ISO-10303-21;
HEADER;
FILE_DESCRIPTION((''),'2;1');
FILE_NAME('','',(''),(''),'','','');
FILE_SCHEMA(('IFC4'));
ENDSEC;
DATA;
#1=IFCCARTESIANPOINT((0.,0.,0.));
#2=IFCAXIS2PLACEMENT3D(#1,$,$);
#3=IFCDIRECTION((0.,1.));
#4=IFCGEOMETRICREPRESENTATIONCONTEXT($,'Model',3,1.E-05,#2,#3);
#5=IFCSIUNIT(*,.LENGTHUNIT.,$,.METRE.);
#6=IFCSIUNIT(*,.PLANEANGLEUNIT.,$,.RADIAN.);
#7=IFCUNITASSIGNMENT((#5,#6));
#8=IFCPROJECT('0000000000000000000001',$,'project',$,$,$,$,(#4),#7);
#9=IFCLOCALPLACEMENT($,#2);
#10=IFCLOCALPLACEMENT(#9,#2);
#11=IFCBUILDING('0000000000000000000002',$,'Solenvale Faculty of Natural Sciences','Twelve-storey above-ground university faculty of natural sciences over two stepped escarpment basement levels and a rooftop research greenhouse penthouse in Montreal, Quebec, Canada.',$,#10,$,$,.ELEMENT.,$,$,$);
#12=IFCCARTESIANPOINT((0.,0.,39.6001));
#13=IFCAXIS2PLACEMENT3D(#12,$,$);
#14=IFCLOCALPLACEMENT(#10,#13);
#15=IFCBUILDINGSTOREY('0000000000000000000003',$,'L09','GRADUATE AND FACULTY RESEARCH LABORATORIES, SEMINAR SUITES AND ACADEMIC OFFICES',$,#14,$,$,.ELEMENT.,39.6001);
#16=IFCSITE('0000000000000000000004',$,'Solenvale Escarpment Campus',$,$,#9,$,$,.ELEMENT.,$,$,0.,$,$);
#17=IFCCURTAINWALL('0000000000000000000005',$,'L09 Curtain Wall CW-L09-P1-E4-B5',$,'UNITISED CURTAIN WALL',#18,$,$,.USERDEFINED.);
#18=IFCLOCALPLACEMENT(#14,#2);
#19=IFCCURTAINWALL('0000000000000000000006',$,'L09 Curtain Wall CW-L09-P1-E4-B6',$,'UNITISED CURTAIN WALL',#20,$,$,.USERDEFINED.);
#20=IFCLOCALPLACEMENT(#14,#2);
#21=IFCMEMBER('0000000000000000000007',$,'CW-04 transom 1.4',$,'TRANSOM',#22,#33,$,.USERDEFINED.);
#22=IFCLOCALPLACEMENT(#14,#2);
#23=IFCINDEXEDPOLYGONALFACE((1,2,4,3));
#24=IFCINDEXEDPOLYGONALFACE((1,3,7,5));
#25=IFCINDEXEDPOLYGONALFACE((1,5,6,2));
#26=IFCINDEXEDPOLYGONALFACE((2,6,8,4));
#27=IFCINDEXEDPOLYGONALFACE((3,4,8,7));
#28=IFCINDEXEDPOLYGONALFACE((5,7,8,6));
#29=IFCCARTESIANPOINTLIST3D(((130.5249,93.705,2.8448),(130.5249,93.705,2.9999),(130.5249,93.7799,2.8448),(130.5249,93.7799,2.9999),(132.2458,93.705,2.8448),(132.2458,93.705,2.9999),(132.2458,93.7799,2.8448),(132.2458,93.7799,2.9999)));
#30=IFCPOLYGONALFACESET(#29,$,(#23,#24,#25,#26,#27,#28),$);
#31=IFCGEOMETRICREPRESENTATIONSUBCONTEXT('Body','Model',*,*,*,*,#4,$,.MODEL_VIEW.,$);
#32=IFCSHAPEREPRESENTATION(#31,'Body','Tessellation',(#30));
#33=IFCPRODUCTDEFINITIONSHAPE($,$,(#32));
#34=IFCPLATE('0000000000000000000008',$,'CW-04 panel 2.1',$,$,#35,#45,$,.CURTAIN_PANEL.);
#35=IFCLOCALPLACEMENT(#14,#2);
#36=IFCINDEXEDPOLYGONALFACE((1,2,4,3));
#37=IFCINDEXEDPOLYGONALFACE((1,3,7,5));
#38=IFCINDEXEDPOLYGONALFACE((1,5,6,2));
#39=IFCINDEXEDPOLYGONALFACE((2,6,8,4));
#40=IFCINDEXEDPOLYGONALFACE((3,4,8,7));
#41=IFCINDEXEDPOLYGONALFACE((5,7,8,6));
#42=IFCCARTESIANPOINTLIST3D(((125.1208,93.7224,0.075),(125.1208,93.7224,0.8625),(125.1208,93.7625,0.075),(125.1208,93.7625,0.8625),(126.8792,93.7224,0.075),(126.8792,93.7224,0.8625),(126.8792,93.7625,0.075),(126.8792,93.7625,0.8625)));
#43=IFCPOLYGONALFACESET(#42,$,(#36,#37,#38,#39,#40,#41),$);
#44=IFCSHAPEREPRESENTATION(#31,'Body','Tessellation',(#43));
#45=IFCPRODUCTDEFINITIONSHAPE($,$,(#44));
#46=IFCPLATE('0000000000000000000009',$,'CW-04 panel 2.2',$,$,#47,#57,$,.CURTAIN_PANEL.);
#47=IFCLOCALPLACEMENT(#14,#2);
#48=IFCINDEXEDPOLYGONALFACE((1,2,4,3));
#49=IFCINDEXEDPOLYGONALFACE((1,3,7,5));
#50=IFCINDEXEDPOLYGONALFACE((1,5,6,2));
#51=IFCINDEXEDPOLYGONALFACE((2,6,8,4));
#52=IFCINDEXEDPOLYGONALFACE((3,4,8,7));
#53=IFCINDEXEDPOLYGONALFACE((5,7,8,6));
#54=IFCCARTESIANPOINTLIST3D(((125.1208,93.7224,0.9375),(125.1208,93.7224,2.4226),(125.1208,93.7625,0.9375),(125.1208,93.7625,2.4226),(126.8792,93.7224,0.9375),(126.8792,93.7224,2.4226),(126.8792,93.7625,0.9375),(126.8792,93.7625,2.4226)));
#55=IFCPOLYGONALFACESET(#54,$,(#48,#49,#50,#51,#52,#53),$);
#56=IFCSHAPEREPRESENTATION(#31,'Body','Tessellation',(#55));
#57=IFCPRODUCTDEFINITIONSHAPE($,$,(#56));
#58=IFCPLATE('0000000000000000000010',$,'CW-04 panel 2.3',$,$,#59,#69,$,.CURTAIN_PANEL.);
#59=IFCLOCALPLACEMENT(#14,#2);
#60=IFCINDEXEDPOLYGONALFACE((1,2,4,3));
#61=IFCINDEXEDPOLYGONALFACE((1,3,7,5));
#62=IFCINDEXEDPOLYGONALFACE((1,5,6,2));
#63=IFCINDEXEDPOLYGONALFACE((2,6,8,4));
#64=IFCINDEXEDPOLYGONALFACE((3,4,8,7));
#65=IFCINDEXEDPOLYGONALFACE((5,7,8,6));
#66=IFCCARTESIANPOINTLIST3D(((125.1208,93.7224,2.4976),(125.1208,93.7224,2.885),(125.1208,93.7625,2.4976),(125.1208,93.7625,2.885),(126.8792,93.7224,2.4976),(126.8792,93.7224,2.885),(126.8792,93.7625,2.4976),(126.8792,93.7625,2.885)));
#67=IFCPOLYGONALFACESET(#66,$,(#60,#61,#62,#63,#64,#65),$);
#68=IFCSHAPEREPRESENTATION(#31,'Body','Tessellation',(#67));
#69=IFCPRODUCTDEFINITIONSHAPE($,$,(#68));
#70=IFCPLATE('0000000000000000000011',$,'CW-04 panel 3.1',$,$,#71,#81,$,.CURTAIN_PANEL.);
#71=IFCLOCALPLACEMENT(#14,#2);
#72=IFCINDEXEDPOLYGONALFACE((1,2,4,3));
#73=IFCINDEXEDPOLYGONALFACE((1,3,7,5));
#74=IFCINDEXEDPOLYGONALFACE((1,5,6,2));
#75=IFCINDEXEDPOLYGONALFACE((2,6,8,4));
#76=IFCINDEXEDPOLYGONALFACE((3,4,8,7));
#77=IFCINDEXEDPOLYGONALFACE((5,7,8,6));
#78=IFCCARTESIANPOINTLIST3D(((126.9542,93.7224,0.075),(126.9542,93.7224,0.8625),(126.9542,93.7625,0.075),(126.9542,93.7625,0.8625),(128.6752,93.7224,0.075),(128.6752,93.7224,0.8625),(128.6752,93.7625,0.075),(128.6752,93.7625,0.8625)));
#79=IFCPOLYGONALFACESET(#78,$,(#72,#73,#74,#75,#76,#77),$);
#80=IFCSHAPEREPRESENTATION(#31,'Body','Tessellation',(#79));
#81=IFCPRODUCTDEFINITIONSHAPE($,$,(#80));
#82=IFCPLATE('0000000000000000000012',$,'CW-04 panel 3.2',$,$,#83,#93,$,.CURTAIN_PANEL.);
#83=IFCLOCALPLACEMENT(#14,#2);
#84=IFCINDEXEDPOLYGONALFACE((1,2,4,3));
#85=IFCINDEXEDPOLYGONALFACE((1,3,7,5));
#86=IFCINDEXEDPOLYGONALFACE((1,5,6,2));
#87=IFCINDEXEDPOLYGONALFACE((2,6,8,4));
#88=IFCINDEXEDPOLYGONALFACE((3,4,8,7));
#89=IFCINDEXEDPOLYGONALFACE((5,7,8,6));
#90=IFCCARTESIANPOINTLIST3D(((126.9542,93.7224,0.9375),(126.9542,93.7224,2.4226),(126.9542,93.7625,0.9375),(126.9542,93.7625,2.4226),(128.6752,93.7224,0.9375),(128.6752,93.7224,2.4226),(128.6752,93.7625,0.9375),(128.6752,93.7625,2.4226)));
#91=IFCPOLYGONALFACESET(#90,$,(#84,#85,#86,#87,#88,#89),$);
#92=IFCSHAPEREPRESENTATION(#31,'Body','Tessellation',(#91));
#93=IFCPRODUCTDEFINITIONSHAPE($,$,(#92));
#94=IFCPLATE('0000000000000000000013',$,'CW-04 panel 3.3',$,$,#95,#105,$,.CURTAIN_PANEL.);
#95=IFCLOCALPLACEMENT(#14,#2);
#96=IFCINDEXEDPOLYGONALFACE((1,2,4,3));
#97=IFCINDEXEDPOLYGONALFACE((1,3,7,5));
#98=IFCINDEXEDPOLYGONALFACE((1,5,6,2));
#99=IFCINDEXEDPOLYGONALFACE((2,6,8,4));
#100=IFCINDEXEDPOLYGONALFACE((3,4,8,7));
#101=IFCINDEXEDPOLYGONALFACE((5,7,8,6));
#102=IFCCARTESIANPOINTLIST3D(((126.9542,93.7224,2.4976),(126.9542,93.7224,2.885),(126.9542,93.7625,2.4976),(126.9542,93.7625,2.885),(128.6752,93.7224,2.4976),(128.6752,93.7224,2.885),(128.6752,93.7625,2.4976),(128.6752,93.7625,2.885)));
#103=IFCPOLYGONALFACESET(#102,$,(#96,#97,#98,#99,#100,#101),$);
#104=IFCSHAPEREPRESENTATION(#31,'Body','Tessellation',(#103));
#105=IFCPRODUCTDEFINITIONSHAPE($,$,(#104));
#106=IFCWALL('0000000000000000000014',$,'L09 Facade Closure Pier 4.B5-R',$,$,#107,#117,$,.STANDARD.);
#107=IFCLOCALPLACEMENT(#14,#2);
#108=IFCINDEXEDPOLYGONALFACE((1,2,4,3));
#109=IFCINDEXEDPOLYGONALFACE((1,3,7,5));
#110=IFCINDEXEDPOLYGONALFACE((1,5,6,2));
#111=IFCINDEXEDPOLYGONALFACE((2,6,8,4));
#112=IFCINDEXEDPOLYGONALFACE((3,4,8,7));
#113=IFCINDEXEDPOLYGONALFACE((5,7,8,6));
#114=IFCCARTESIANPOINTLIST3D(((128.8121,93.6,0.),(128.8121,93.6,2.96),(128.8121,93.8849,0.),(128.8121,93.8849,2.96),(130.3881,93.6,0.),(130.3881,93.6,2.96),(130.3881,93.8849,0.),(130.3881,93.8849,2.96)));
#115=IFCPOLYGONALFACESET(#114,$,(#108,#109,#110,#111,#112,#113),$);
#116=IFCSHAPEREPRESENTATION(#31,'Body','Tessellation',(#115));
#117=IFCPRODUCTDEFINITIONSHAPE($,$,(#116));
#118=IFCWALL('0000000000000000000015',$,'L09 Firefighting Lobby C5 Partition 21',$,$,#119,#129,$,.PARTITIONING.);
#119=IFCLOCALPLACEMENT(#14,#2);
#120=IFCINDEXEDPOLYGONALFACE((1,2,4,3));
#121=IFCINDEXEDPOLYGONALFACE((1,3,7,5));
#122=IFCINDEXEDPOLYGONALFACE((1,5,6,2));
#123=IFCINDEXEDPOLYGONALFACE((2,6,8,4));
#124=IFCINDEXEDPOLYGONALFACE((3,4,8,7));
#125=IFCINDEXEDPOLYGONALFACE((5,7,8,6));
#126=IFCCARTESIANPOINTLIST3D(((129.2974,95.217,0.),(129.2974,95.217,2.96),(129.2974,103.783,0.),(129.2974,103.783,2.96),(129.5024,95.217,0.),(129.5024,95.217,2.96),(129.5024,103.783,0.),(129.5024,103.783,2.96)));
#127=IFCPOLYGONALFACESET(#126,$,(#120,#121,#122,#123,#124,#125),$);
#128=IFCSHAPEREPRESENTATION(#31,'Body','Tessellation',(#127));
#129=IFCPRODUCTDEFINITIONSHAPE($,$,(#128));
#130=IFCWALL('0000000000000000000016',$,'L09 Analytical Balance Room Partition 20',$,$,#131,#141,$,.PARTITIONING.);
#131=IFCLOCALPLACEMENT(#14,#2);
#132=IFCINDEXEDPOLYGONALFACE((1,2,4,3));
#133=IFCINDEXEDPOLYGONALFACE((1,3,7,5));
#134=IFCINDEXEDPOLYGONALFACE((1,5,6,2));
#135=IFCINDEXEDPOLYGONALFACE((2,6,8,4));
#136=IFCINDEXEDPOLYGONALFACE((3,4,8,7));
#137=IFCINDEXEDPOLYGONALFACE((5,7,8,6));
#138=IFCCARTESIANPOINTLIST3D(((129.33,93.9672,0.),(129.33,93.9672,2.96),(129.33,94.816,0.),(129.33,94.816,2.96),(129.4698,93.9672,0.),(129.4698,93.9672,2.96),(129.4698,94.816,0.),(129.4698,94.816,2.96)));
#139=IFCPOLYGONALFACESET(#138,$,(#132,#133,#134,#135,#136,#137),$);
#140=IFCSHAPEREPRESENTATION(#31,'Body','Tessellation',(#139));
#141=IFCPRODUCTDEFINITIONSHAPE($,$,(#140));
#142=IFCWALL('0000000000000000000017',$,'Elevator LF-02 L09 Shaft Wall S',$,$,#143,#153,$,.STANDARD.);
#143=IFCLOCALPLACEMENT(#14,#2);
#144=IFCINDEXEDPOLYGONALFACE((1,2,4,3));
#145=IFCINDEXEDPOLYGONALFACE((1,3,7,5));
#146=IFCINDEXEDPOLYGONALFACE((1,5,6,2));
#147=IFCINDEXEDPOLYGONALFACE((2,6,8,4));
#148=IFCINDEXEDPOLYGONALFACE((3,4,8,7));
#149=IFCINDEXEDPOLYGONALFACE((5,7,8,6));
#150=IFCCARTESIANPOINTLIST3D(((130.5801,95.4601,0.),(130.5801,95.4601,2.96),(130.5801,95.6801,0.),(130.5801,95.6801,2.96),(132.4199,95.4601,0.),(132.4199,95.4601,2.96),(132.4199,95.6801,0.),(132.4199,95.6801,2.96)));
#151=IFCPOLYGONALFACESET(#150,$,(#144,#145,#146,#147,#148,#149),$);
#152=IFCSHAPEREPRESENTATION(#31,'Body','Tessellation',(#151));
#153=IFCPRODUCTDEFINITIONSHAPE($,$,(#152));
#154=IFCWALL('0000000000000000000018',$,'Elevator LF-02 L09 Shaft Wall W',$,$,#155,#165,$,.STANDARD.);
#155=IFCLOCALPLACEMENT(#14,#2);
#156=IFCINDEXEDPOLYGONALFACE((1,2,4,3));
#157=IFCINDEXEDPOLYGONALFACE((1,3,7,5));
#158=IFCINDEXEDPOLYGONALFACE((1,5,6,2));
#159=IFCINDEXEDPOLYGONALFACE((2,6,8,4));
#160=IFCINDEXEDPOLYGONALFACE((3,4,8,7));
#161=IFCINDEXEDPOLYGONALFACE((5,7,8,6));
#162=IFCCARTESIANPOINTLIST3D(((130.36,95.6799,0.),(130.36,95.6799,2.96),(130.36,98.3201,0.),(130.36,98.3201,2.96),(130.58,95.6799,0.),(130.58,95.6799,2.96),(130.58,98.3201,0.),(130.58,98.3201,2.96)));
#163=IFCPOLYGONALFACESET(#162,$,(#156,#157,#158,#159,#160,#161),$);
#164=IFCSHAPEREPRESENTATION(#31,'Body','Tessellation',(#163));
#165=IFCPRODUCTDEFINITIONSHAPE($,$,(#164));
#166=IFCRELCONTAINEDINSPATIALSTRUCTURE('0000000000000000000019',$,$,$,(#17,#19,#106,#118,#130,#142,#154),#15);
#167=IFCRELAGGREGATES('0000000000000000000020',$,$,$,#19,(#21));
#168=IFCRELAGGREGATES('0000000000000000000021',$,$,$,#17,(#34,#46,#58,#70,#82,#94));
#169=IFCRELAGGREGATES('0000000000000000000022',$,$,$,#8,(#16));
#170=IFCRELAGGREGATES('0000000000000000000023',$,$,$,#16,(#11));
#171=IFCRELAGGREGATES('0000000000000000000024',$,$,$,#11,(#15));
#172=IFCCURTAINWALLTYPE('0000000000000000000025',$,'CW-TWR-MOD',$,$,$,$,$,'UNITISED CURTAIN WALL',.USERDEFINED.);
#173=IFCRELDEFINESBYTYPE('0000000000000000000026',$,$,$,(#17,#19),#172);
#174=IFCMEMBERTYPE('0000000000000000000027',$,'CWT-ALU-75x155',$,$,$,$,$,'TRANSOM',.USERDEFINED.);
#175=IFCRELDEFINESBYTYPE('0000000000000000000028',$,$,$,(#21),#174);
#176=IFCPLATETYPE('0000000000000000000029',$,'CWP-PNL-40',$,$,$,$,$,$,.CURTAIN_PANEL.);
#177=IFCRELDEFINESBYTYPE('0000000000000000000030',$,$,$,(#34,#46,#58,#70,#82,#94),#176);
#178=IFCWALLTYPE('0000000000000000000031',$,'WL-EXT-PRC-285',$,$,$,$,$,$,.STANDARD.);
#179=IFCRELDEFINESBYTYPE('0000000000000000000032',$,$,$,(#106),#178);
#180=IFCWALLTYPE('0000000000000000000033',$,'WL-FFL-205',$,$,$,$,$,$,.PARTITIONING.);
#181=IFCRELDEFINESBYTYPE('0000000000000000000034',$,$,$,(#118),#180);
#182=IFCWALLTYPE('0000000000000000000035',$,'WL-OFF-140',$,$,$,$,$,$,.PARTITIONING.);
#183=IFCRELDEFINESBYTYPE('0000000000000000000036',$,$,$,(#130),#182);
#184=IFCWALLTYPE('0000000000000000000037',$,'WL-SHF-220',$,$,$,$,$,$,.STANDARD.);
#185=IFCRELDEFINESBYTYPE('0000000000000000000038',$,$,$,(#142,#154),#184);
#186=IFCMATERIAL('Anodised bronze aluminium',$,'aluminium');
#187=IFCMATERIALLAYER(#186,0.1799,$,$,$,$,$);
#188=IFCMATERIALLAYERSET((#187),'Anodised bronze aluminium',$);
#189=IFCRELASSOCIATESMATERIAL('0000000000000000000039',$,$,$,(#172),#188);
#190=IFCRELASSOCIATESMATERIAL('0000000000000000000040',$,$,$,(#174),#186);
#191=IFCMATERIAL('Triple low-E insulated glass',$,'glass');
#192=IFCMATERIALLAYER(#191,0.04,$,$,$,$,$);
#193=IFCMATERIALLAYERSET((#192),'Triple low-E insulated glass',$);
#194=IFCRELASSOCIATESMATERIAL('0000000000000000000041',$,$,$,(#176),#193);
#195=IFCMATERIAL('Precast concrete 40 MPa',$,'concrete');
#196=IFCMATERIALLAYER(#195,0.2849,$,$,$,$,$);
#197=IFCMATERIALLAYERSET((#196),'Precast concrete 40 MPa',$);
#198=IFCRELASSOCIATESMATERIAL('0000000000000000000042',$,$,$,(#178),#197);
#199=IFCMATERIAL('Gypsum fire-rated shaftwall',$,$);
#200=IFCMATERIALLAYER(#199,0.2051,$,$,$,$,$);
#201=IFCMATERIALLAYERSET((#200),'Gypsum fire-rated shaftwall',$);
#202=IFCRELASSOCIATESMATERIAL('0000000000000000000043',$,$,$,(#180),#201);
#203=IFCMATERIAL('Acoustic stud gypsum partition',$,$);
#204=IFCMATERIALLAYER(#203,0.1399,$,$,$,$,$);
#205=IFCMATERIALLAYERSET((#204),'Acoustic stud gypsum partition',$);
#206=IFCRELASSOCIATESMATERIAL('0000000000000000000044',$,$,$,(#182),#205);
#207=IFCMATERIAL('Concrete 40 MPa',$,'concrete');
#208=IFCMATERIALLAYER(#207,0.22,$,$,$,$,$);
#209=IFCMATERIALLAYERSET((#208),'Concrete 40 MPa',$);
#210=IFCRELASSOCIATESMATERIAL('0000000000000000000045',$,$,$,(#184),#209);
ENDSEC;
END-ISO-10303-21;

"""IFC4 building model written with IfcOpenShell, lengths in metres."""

from ifc_helpers import new_model, si_unit, direction, frame, frame_2d, origin, origin_2d, place, context, subcontext, project, spatial, rectangle, extrude, material, layer, layer_set, material_profile, profile_set, type_object, element, aggregate, save


model = new_model("IFC4")

# Units and contexts
model_context = context("Model", 3, precision=1e-05, world=origin(), true_north=direction((0.0, 1.0)))
body_context = subcontext(model_context, "Body", "Model", "MODEL_VIEW")
ifc_project = project(units=[si_unit("LENGTHUNIT", "METRE"), si_unit("PLANEANGLEUNIT", "RADIAN")], contexts=[model_context])

# Site, building, storey
site_placement = place(None, origin())
site = spatial("IfcSite", under=ifc_project, at=site_placement, Name="Solenvale Escarpment Campus", CompositionType="ELEMENT", RefElevation=0.0)
building_placement = place(site_placement, origin())
building = spatial("IfcBuilding", under=site, at=building_placement, Name="Solenvale Faculty of Natural Sciences", Description="Twelve-storey above-ground university faculty of natural sciences over two stepped escarpment basement levels and a rooftop research greenhouse penthouse in Montreal, Quebec, Canada.", CompositionType="ELEMENT")
storey_placement = place(building_placement, frame((0.0, 0.0, 39.6001)))
storey = spatial("IfcBuildingStorey", under=building, at=storey_placement, Name="L09", Description="GRADUATE AND FACULTY RESEARCH LABORATORIES, SEMINAR SUITES AND ACADEMIC OFFICES", CompositionType="ELEMENT", Elevation=39.6001)

# Shared definitions
ifc_material_1 = material(Name="Concrete 40 MPa", Category="concrete")

# Curtain wall
ifc_material_2 = material(Name="Anodised bronze aluminium", Category="aluminium")
ifc_layer_1 = layer(ifc_material_2, 0.1799)
ifc_layer_set_1 = layer_set([ifc_layer_1], Name="Anodised bronze aluminium")
curtain_wall_type = type_object("IfcCurtainWallType", Name="CW-TWR-MOD", ElementType="UNITISED CURTAIN WALL", PredefinedType="USERDEFINED", material=ifc_layer_set_1)
curtain_wall_1_placement = place(storey_placement, origin())
curtain_wall_1 = element("IfcCurtainWall", 1, at=curtain_wall_1_placement, inside=storey, type_object=curtain_wall_type, Name="L09 Curtain Wall CW-L09-P1-E4-B5", ObjectType="UNITISED CURTAIN WALL", PredefinedType="USERDEFINED")

# Curtain wall
curtain_wall_2_placement = place(storey_placement, origin())
curtain_wall_2 = element("IfcCurtainWall", 2, at=curtain_wall_2_placement, inside=storey, type_object=curtain_wall_type, Name="L09 Curtain Wall CW-L09-P1-E4-B6", ObjectType="UNITISED CURTAIN WALL", PredefinedType="USERDEFINED")

# Member
ifc_material_profile_1 = material_profile(ifc_material_2, rectangle(XDim=0.075, YDim=0.155, at=origin_2d()), Name="ALU-TRN-75x155")
ifc_profile_set_1 = profile_set([ifc_material_profile_1], Name="Anodised bronze aluminium")
member_type_1 = type_object("IfcMemberType", Name="CWT-ALU-75x155", ElementType="TRANSOM", PredefinedType="USERDEFINED", material=ifc_profile_set_1)
member_1_placement = place(storey_placement, frame((130.5249, 93.7424, 2.9224), z_axis=(1.0, 0.0, 0.0), x_axis=(0.0, 1.0, 0.0)))
member_1 = element("IfcMember", 3, at=member_1_placement, type_object=member_type_1, Name="CW-04 transom 1.4", ObjectType="TRANSOM", PredefinedType="USERDEFINED", context=body_context, shape_type="SweptSolid", body=[
    extrude(rectangle(XDim=0.075, YDim=0.155, at=origin_2d()), origin(), (0.0, 0.0, 1.0), 1.7209),
])
aggregate(curtain_wall_2, [member_1])

# Plates
ifc_material_3 = material(Name="Triple low-E insulated glass", Category="glass")
ifc_layer_2 = layer(ifc_material_3, 0.04)
ifc_layer_set_2 = layer_set([ifc_layer_2], Name="Triple low-E insulated glass")
plate_type = type_object("IfcPlateType", Name="CWP-PNL-40", PredefinedType="CURTAIN_PANEL", material=ifc_layer_set_2)
plate_1_placement = place(storey_placement, frame((126.0, 93.7424, 0.075), z_axis=(0.0, 0.0, 1.0), x_axis=(1.0, 0.0, 0.0)))
plate_1 = element("IfcPlate", 4, at=plate_1_placement, type_object=plate_type, Name="CW-04 panel 2.1", PredefinedType="CURTAIN_PANEL", context=body_context, shape_type="SweptSolid", body=[
    extrude(rectangle(XDim=1.7583, YDim=0.04, at=origin_2d()), origin(), (0.0, 0.0, 1.0), 0.7876),
])
plate_2_placement = place(storey_placement, frame((126.0, 93.7424, 0.9375), z_axis=(0.0, 0.0, 1.0), x_axis=(1.0, 0.0, 0.0)))
plate_2 = element("IfcPlate", 5, at=plate_2_placement, type_object=plate_type, Name="CW-04 panel 2.2", PredefinedType="CURTAIN_PANEL", context=body_context, shape_type="SweptSolid", body=[
    extrude(rectangle(XDim=1.7583, YDim=0.04, at=origin_2d()), origin(), (0.0, 0.0, 1.0), 1.4851),
])
plate_3_placement = place(storey_placement, frame((126.0, 93.7424, 2.4976), z_axis=(0.0, 0.0, 1.0), x_axis=(1.0, 0.0, 0.0)))
plate_3 = element("IfcPlate", 6, at=plate_3_placement, type_object=plate_type, Name="CW-04 panel 2.3", PredefinedType="CURTAIN_PANEL", context=body_context, shape_type="SweptSolid", body=[
    extrude(rectangle(XDim=1.7583, YDim=0.04, at=origin_2d()), origin(), (0.0, 0.0, 1.0), 0.3875),
])
plate_4_placement = place(storey_placement, frame((127.8147, 93.7424, 0.075), z_axis=(0.0, 0.0, 1.0), x_axis=(1.0, 0.0, 0.0)))
plate_4 = element("IfcPlate", 7, at=plate_4_placement, type_object=plate_type, Name="CW-04 panel 3.1", PredefinedType="CURTAIN_PANEL", context=body_context, shape_type="SweptSolid", body=[
    extrude(rectangle(XDim=1.7209, YDim=0.04, at=origin_2d()), origin(), (0.0, 0.0, 1.0), 0.7876),
])
plate_5_placement = place(storey_placement, frame((127.8147, 93.7424, 0.9375), z_axis=(0.0, 0.0, 1.0), x_axis=(1.0, 0.0, 0.0)))
plate_5 = element("IfcPlate", 8, at=plate_5_placement, type_object=plate_type, Name="CW-04 panel 3.2", PredefinedType="CURTAIN_PANEL", context=body_context, shape_type="SweptSolid", body=[
    extrude(rectangle(XDim=1.7209, YDim=0.04, at=origin_2d()), origin(), (0.0, 0.0, 1.0), 1.4851),
])
plate_6_placement = place(storey_placement, frame((127.8147, 93.7424, 2.4976), z_axis=(0.0, 0.0, 1.0), x_axis=(1.0, 0.0, 0.0)))
plate_6 = element("IfcPlate", 9, at=plate_6_placement, type_object=plate_type, Name="CW-04 panel 3.3", PredefinedType="CURTAIN_PANEL", context=body_context, shape_type="SweptSolid", body=[
    extrude(rectangle(XDim=1.7209, YDim=0.04, at=origin_2d()), origin(), (0.0, 0.0, 1.0), 0.3875),
])
aggregate(curtain_wall_1, [plate_1, plate_2, plate_3, plate_4, plate_5, plate_6])

# Walls
ifc_material_4 = material(Name="Precast concrete 40 MPa", Category="concrete")
ifc_layer_3 = layer(ifc_material_4, 0.2849)
ifc_layer_set_3 = layer_set([ifc_layer_3], Name="Precast concrete 40 MPa")
wall_type_1 = type_object("IfcWallType", Name="WL-EXT-PRC-285", PredefinedType="STANDARD", material=ifc_layer_set_3)
wall_1_placement = place(storey_placement, frame((128.812, 93.7424, 0.0), z_axis=(0.0, 0.0, 1.0), x_axis=(1.0, 0.0, 0.0)))
element("IfcWall", 10, at=wall_1_placement, inside=storey, type_object=wall_type_1, Name="L09 Facade Closure Pier 4.B5-R", PredefinedType="STANDARD", context=body_context, shape_type="SweptSolid", body=[
    extrude(rectangle(XDim=1.5759, YDim=0.2849, at=frame_2d((0.7881, 0.0))), origin(), (0.0, 0.0, 1.0), 2.96),
])
ifc_material_5 = material(Name="Gypsum fire-rated shaftwall")
ifc_layer_4 = layer(ifc_material_5, 0.2051)
ifc_layer_set_4 = layer_set([ifc_layer_4], Name="Gypsum fire-rated shaftwall")
wall_type_2 = type_object("IfcWallType", Name="WL-FFL-205", PredefinedType="PARTITIONING", material=ifc_layer_set_4)
wall_2_placement = place(storey_placement, frame((129.3999, 95.217, 0.0), z_axis=(0.0, 0.0, 1.0), x_axis=(0.0, 1.0, 0.0)))
element("IfcWall", 11, at=wall_2_placement, inside=storey, type_object=wall_type_2, Name="L09 Firefighting Lobby C5 Partition 21", PredefinedType="PARTITIONING", context=body_context, shape_type="SweptSolid", body=[
    extrude(rectangle(XDim=8.5659, YDim=0.2051, at=frame_2d((4.283, 0.0))), origin(), (0.0, 0.0, 1.0), 2.96),
])
ifc_material_6 = material(Name="Acoustic stud gypsum partition")
ifc_layer_5 = layer(ifc_material_6, 0.1399)
ifc_layer_set_5 = layer_set([ifc_layer_5], Name="Acoustic stud gypsum partition")
wall_type_3 = type_object("IfcWallType", Name="WL-OFF-140", PredefinedType="PARTITIONING", material=ifc_layer_set_5)
wall_3_placement = place(storey_placement, frame((129.3999, 94.8159, 0.0), z_axis=(0.0, 0.0, 1.0), x_axis=(0.0, -1.0, 0.0)))
element("IfcWall", 12, at=wall_3_placement, inside=storey, type_object=wall_type_3, Name="L09 Analytical Balance Room Partition 20", PredefinedType="PARTITIONING", context=body_context, shape_type="SweptSolid", body=[
    extrude(rectangle(XDim=0.8489, YDim=0.1399, at=frame_2d((0.4243, 0.0))), origin(), (0.0, 0.0, 1.0), 2.96),
])
ifc_layer_6 = layer(ifc_material_1, 0.22)
ifc_layer_set_6 = layer_set([ifc_layer_6], Name="Concrete 40 MPa")
wall_type_4 = type_object("IfcWallType", Name="WL-SHF-220", PredefinedType="STANDARD", material=ifc_layer_set_6)
wall_4_placement = place(storey_placement, frame((130.5801, 95.5701, 0.0), z_axis=(0.0, 0.0, 1.0), x_axis=(1.0, 0.0, 0.0)))
element("IfcWall", 13, at=wall_4_placement, inside=storey, type_object=wall_type_4, Name="Elevator LF-02 L09 Shaft Wall S", PredefinedType="STANDARD", context=body_context, shape_type="SweptSolid", body=[
    extrude(rectangle(XDim=1.8398, YDim=0.22, at=frame_2d((0.9199, 0.0))), origin(), (0.0, 0.0, 1.0), 2.96),
])
wall_5_placement = place(storey_placement, frame((130.47, 95.6799, 0.0), z_axis=(0.0, 0.0, 1.0), x_axis=(0.0, 1.0, 0.0)))
element("IfcWall", 14, at=wall_5_placement, inside=storey, type_object=wall_type_4, Name="Elevator LF-02 L09 Shaft Wall W", PredefinedType="STANDARD", context=body_context, shape_type="SweptSolid", body=[
    extrude(rectangle(XDim=2.6401, YDim=0.22, at=frame_2d((1.3201, 0.0))), origin(), (0.0, 0.0, 1.0), 2.96),
])

save(model, "model.ifc")
